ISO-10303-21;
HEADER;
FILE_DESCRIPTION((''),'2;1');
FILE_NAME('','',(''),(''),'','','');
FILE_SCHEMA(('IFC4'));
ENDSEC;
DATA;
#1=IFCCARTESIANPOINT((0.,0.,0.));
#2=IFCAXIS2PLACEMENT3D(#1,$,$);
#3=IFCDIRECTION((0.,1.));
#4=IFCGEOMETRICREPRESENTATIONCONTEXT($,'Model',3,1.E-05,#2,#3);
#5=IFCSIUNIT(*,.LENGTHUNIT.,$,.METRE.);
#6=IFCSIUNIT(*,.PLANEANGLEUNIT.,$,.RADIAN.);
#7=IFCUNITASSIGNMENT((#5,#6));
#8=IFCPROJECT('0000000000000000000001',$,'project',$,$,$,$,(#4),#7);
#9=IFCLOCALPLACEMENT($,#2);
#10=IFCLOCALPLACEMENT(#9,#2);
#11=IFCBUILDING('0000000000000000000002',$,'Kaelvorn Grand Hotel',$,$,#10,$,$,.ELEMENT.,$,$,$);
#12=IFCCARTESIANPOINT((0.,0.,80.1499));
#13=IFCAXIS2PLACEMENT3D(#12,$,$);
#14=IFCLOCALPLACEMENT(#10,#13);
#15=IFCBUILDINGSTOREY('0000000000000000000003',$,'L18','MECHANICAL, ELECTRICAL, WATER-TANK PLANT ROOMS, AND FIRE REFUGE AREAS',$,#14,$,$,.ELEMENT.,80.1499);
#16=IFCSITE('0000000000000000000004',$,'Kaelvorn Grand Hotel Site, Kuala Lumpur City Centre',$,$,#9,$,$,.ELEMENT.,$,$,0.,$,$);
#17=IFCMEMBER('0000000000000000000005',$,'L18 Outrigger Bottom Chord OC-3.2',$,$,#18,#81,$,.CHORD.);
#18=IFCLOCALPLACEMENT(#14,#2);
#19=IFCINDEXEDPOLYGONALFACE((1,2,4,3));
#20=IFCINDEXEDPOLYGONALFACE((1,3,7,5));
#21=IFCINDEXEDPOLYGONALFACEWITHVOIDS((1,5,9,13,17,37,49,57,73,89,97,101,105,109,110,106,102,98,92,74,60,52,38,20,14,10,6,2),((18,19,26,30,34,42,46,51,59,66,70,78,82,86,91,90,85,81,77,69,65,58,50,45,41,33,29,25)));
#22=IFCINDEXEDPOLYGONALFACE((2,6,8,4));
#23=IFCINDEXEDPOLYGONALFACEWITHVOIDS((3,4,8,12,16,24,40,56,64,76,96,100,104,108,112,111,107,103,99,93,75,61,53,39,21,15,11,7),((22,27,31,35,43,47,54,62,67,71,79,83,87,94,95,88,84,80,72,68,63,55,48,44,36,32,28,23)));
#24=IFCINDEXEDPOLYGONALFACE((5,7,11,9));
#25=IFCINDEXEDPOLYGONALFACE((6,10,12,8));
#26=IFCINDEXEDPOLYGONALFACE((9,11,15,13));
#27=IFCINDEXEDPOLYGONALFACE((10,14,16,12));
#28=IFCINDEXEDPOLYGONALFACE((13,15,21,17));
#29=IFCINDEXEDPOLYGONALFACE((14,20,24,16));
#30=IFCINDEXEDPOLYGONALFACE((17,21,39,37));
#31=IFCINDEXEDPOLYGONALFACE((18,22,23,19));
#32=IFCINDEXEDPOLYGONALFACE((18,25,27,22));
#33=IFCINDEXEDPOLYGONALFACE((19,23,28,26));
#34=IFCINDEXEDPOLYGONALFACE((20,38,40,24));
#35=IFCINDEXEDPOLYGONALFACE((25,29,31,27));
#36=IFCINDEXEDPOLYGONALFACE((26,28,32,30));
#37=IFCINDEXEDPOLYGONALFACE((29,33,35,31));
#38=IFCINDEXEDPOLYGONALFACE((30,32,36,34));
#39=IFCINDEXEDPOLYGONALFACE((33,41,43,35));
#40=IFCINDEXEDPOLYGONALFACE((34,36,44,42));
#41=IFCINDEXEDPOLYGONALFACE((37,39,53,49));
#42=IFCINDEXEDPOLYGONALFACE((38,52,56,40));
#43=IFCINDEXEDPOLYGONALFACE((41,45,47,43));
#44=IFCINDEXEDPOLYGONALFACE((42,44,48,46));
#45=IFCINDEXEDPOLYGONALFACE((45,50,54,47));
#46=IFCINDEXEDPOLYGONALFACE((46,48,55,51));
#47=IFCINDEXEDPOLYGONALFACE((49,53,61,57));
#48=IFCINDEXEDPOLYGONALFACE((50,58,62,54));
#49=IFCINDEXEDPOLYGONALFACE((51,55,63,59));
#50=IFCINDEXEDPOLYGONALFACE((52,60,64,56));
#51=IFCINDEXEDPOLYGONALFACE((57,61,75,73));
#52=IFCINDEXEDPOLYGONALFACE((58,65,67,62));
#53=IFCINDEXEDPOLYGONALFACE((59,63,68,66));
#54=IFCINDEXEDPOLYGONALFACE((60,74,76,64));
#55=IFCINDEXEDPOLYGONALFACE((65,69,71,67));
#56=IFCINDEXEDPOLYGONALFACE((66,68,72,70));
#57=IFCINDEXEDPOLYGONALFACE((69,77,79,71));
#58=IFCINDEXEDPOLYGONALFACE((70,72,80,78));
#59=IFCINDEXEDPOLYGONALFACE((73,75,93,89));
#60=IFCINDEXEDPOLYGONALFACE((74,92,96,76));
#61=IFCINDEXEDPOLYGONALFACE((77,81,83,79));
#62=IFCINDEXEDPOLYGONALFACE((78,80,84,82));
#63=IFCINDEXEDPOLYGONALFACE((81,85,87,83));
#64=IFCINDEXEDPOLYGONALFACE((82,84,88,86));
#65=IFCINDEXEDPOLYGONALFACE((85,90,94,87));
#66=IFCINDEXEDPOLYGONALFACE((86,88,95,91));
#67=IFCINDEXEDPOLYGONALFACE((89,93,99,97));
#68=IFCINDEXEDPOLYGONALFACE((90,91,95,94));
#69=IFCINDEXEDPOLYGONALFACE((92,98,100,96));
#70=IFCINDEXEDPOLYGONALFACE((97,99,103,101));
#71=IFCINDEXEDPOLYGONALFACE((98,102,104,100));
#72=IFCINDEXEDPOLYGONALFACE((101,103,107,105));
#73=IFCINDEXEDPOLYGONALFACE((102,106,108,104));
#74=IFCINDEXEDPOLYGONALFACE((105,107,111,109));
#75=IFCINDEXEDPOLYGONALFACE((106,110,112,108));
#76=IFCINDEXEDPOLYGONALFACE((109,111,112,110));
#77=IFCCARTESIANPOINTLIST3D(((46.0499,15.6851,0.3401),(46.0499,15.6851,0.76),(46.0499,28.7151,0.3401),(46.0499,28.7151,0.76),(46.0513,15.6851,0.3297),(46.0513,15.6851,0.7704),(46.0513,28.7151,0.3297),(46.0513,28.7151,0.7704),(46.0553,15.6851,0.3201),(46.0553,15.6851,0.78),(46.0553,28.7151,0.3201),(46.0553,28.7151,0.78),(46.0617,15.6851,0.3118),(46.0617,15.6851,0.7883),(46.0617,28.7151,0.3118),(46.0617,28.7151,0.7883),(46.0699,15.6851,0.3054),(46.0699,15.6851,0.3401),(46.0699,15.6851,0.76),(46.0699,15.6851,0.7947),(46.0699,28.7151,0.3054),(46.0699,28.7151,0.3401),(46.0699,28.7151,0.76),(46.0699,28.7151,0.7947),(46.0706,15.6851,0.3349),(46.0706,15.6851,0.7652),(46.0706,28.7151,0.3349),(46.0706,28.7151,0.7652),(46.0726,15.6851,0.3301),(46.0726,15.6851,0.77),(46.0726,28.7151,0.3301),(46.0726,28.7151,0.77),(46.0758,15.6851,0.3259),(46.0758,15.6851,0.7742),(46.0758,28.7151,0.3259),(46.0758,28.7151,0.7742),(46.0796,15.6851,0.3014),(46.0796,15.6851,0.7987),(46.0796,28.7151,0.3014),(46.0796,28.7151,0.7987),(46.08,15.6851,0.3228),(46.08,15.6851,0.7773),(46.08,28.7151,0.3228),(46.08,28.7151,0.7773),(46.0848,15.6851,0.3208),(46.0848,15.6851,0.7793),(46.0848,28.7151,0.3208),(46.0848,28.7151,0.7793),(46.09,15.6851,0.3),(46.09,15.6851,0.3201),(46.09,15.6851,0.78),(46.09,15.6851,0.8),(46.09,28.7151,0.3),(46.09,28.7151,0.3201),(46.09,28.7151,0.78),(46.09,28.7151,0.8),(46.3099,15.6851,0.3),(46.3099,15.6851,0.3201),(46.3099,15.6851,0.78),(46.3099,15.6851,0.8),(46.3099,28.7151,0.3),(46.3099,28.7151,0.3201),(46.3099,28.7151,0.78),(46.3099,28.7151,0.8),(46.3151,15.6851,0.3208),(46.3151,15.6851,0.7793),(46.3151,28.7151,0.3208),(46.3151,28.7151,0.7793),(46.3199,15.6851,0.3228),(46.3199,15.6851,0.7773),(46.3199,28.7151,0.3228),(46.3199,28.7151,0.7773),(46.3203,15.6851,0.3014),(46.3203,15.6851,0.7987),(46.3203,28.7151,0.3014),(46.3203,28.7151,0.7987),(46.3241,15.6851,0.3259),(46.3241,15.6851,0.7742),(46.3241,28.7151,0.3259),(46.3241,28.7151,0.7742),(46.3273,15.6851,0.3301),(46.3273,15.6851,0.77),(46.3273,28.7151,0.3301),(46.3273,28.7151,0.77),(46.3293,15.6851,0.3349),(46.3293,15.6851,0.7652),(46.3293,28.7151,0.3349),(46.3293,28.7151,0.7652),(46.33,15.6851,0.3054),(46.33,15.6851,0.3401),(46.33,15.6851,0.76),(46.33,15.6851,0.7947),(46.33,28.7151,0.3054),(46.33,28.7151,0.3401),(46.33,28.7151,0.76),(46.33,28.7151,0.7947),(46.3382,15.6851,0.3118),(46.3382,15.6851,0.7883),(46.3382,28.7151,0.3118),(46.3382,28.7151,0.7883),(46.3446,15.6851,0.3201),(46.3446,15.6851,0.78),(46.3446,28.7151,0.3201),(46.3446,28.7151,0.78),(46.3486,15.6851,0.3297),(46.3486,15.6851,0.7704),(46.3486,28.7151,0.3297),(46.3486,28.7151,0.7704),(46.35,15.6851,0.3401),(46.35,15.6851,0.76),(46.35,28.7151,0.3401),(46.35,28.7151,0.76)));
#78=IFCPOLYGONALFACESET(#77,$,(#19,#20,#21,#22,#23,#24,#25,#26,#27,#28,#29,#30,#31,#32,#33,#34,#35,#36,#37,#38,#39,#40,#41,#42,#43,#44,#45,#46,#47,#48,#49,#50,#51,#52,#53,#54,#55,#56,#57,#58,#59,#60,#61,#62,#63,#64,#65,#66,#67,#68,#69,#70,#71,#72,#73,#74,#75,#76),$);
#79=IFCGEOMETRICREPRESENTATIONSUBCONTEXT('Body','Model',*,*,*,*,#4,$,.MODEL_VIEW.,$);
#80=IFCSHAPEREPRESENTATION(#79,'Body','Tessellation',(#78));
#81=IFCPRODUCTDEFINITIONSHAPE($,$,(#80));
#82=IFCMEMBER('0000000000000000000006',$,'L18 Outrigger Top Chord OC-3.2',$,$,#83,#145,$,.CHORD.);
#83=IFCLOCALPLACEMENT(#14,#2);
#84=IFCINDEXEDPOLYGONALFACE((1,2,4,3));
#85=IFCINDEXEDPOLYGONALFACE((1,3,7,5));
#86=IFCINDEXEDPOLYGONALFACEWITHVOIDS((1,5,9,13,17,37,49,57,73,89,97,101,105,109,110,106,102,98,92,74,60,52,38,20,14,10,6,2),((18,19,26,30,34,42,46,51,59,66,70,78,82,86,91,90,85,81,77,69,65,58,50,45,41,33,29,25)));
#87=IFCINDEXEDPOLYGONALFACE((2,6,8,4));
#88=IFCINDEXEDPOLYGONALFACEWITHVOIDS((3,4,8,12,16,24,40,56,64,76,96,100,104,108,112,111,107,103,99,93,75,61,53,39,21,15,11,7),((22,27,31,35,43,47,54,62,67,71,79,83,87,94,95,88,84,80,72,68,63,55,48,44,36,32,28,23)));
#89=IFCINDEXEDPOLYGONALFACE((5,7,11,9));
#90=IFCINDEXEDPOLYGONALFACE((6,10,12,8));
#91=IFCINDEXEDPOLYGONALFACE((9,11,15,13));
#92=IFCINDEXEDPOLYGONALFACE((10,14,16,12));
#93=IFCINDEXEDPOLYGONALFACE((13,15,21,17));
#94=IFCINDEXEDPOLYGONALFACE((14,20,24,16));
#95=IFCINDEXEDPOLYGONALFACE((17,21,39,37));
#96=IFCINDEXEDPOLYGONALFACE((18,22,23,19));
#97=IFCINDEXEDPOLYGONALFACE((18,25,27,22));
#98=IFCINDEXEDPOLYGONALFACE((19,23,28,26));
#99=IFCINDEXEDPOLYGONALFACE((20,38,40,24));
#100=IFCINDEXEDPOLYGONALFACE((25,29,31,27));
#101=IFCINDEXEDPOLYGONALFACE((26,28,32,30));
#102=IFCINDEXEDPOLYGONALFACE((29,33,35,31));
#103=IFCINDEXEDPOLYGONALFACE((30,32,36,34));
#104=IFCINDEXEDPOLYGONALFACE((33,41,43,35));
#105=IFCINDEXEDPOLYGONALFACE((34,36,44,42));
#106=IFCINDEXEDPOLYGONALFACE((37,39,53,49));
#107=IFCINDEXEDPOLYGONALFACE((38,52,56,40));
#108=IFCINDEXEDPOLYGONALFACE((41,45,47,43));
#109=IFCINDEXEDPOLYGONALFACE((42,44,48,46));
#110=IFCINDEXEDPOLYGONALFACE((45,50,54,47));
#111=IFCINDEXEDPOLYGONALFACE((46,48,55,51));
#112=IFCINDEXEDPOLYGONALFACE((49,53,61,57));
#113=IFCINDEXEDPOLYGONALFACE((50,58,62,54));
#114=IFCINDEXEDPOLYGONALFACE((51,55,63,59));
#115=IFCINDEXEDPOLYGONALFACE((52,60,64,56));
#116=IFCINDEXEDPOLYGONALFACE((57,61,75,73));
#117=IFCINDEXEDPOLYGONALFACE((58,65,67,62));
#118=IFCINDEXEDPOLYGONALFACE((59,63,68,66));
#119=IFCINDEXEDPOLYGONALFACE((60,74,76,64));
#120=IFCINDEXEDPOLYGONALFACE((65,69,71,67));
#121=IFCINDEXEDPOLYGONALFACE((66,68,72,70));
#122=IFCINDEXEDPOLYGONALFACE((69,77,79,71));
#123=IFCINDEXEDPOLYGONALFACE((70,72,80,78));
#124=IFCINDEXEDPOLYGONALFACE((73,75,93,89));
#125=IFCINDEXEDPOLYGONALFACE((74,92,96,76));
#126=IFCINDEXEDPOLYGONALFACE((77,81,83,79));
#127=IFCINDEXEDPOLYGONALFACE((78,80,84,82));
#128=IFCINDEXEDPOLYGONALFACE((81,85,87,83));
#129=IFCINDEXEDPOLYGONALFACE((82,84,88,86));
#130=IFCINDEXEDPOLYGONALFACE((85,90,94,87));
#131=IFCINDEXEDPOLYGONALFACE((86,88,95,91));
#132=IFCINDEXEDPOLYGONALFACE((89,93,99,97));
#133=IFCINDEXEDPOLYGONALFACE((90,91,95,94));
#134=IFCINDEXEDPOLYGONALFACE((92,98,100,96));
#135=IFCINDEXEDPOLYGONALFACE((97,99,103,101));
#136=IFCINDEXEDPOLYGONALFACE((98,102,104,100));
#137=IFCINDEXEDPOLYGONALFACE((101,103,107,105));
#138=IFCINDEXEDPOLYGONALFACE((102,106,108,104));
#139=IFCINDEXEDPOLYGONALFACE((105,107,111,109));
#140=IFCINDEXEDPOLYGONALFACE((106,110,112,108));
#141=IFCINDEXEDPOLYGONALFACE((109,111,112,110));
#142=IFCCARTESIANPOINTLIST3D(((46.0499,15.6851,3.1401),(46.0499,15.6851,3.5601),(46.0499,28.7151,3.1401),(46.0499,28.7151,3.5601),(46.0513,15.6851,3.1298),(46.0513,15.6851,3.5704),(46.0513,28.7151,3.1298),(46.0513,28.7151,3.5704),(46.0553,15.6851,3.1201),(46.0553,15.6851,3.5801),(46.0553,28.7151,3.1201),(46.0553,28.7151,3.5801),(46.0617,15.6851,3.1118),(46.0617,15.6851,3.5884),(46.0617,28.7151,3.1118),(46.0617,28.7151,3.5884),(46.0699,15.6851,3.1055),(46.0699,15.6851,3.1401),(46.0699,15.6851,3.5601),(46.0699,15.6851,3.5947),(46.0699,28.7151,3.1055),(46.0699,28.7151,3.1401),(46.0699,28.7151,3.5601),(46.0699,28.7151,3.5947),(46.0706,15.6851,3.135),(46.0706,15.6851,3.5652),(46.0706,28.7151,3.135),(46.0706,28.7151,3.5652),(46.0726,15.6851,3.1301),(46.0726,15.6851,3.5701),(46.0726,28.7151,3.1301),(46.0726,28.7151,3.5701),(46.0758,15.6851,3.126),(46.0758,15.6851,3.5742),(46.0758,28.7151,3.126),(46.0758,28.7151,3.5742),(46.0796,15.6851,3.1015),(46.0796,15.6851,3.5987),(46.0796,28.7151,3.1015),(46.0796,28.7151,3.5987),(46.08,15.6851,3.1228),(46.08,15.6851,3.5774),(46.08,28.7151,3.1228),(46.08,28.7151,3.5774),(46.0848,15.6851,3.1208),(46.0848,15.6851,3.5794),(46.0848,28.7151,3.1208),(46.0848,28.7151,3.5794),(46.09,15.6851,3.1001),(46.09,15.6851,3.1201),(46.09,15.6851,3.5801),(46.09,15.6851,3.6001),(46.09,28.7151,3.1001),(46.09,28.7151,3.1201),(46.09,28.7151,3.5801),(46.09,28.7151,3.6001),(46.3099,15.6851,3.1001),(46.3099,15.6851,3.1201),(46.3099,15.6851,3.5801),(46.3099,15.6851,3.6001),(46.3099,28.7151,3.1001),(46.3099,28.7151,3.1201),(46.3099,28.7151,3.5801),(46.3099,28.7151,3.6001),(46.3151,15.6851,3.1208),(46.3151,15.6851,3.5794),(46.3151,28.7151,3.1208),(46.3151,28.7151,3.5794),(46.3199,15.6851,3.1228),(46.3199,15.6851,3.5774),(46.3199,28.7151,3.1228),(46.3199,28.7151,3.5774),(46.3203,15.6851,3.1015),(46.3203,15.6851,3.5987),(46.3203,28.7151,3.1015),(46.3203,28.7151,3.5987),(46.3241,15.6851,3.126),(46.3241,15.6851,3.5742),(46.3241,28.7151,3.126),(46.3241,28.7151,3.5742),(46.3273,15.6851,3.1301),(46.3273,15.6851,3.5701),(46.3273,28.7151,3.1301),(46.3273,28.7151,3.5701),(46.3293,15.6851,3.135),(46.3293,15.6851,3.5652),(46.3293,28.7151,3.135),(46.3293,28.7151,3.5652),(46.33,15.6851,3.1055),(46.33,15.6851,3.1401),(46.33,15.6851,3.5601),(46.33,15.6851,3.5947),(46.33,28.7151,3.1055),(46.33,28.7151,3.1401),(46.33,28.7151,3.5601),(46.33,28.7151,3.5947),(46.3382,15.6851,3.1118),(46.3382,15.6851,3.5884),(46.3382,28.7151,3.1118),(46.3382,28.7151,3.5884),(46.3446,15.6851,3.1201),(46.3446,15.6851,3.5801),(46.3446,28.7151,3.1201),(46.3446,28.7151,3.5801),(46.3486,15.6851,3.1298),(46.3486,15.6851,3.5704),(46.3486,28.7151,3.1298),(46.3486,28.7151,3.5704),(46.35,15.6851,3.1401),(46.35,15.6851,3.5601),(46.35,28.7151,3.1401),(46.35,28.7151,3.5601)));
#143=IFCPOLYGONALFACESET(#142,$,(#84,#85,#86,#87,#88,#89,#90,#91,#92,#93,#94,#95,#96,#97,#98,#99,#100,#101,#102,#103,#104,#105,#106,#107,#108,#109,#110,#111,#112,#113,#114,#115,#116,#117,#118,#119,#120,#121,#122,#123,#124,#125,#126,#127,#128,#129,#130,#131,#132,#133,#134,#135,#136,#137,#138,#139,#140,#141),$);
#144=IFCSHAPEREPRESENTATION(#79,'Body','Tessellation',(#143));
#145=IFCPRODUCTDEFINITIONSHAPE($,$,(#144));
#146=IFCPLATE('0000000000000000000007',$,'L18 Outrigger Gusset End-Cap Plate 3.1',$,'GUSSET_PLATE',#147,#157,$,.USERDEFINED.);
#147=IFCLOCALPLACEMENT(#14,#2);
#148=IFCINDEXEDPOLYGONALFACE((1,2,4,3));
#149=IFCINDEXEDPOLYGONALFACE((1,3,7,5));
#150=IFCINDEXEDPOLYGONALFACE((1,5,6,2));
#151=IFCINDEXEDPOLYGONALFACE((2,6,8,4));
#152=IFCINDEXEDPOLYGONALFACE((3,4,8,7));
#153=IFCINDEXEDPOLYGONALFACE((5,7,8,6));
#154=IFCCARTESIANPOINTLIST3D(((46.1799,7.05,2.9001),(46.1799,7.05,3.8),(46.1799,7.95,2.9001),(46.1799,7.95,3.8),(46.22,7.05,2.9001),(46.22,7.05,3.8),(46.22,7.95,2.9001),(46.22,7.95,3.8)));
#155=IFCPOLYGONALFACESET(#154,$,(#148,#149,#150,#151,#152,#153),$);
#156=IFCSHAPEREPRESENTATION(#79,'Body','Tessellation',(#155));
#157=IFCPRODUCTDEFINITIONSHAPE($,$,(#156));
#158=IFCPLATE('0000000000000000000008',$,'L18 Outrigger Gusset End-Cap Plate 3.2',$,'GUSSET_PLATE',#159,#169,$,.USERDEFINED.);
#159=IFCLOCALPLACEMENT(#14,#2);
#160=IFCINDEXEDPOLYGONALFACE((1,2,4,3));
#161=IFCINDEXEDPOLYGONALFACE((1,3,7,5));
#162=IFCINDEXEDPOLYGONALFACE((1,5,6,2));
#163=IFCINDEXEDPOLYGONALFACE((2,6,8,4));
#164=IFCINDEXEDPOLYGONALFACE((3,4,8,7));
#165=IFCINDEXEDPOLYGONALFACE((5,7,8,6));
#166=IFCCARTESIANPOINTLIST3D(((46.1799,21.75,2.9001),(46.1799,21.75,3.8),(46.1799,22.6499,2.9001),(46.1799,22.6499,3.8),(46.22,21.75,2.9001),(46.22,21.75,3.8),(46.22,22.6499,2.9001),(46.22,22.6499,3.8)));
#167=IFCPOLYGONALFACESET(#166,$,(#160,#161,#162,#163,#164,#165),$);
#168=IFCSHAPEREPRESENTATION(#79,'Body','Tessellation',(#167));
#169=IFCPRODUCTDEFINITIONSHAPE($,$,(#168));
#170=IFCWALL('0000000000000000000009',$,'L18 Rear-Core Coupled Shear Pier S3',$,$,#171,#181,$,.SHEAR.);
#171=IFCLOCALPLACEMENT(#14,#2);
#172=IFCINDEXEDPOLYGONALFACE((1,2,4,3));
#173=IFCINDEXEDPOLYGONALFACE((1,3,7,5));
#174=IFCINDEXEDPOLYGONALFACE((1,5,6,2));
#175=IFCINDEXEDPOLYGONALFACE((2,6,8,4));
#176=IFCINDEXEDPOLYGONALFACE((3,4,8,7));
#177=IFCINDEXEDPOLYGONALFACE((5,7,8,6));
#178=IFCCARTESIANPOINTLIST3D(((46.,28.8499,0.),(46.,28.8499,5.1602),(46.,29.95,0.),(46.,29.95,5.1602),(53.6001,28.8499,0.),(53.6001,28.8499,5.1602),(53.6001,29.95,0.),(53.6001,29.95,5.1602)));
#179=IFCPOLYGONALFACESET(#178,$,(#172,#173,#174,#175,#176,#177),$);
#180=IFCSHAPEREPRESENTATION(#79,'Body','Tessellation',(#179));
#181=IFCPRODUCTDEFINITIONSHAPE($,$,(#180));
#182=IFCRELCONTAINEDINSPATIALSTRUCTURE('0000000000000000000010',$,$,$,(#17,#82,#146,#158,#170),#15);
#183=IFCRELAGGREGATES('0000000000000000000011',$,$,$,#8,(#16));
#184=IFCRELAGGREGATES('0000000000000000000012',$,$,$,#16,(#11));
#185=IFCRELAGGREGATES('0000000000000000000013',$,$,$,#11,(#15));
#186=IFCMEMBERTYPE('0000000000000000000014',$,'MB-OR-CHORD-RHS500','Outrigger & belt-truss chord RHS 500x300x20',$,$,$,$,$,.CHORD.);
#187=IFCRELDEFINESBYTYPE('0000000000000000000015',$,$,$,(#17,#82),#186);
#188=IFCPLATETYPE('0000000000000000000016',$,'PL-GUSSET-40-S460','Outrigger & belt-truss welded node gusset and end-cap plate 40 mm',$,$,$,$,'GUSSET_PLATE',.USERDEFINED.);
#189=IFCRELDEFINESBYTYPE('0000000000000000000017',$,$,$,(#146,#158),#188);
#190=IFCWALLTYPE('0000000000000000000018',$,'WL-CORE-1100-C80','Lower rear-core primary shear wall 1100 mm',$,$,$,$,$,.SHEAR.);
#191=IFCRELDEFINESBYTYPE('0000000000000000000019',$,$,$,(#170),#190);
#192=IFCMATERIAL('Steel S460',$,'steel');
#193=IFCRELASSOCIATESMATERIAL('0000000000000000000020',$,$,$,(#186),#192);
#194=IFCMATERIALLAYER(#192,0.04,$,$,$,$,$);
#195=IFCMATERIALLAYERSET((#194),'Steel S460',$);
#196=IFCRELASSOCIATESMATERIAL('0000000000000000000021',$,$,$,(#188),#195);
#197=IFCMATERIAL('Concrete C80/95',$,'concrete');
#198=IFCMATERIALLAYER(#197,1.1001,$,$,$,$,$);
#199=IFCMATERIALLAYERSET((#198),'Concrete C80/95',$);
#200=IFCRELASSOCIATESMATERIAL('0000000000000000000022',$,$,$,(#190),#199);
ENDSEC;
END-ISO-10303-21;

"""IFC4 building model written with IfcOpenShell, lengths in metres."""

from ifc_helpers import new_model, si_unit, direction, frame, frame_2d, origin, origin_2d, place, context, subcontext, project, spatial, rectangle, hollow_rectangle, extrude, material, layer, layer_set, material_profile, profile_set, type_object, element, save


model = new_model("IFC4")

# Units and contexts
model_context = context("Model", 3, precision=1e-05, world=origin(), true_north=direction((0.0, 1.0)))
body_context = subcontext(model_context, "Body", "Model", "MODEL_VIEW")
ifc_project = project(units=[si_unit("LENGTHUNIT", "METRE"), si_unit("PLANEANGLEUNIT", "RADIAN")], contexts=[model_context])

# Site, building, storey
site_placement = place(None, origin())
site = spatial("IfcSite", under=ifc_project, at=site_placement, Name="Kaelvorn Grand Hotel Site, Kuala Lumpur City Centre", CompositionType="ELEMENT", RefElevation=0.0)
building_placement = place(site_placement, origin())
building = spatial("IfcBuilding", under=site, at=building_placement, Name="Kaelvorn Grand Hotel", CompositionType="ELEMENT")
storey_placement = place(building_placement, frame((0.0, 0.0, 80.1499)))
storey = spatial("IfcBuildingStorey", under=building, at=storey_placement, Name="L18", Description="MECHANICAL, ELECTRICAL, WATER-TANK PLANT ROOMS, AND FIRE REFUGE AREAS", CompositionType="ELEMENT", Elevation=80.1499)

# Shared definitions
ifc_material_1 = material(Name="Concrete C80/95", Category="concrete")

# Shared definitions
ifc_material_2 = material(Name="Steel S460", Category="steel")

# Members
ifc_material_profile_1 = material_profile(ifc_material_2, hollow_rectangle(XDim=0.3, YDim=0.5, WallThickness=0.02, InnerFilletRadius=0.02, OuterFilletRadius=0.04, at=origin_2d()), Name="RHS 500x300x20.0")
ifc_profile_set_1 = profile_set([ifc_material_profile_1], Name="Steel S460")
member_type_1 = type_object("IfcMemberType", Name="MB-OR-CHORD-RHS500", Description="Outrigger & belt-truss chord RHS 500x300x20", PredefinedType="CHORD", material=ifc_profile_set_1)
for number, where, z_axis, x_axis, name in (
    (1, (46.2, 15.6851, 0.55), (0.0, 1.0, 0.0), (-1.0, 0.0, 0.0), "L18 Outrigger Bottom Chord OC-3.2"),
    (2, (46.2, 15.6851, 3.3501), (0.0, 1.0, 0.0), (-1.0, 0.0, 0.0), "L18 Outrigger Top Chord OC-3.2"),
):
    element("IfcMember", number, at=place(storey_placement, frame(where, z_axis=z_axis, x_axis=x_axis)), inside=storey, type_object=member_type_1, Name=name, PredefinedType="CHORD", context=body_context, shape_type="SweptSolid", body=[
        extrude(hollow_rectangle(XDim=0.3, YDim=0.5, WallThickness=0.02, InnerFilletRadius=0.02, OuterFilletRadius=0.04, at=origin_2d()), origin(), (0.0, 0.0, 1.0), 13.03),
    ])

# Plates
ifc_layer_1 = layer(ifc_material_2, 0.04)
ifc_layer_set_1 = layer_set([ifc_layer_1], Name="Steel S460")
plate_type = type_object("IfcPlateType", Name="PL-GUSSET-40-S460", Description="Outrigger & belt-truss welded node gusset and end-cap plate 40 mm", ElementType="GUSSET_PLATE", PredefinedType="USERDEFINED", material=ifc_layer_set_1)
for number, where, z_axis, x_axis, name in (
    (3, (46.2, 7.5, 2.9001), (0.0, 0.0, 1.0), (1.0, 0.0, 0.0), "L18 Outrigger Gusset End-Cap Plate 3.1"),
    (4, (46.2, 22.2, 2.9001), (0.0, 0.0, 1.0), (1.0, 0.0, 0.0), "L18 Outrigger Gusset End-Cap Plate 3.2"),
):
    element("IfcPlate", number, at=place(storey_placement, frame(where, z_axis=z_axis, x_axis=x_axis)), inside=storey, type_object=plate_type, Name=name, ObjectType="GUSSET_PLATE", PredefinedType="USERDEFINED", context=body_context, shape_type="SweptSolid", body=[
        extrude(rectangle(XDim=0.04, YDim=0.8999, at=origin_2d()), origin(), (0.0, 0.0, 1.0), 0.8999),
    ])

# Wall
ifc_layer_2 = layer(ifc_material_1, 1.1001)
ifc_layer_set_2 = layer_set([ifc_layer_2], Name="Concrete C80/95")
wall_type_1 = type_object("IfcWallType", Name="WL-CORE-1100-C80", Description="Lower rear-core primary shear wall 1100 mm", PredefinedType="SHEAR", material=ifc_layer_set_2)
wall_1_placement = place(storey_placement, frame((46.0, 29.3999, 0.0), z_axis=(0.0, 0.0, 1.0), x_axis=(1.0, 0.0, 0.0)))
element("IfcWall", 5, at=wall_1_placement, inside=storey, type_object=wall_type_1, Name="L18 Rear-Core Coupled Shear Pier S3", PredefinedType="SHEAR", context=body_context, shape_type="SweptSolid", body=[
    extrude(rectangle(XDim=7.6001, YDim=1.1001, at=frame_2d((3.8, 0.0))), origin(), (0.0, 0.0, 1.0), 5.1602),
])

save(model, "model.ifc")
